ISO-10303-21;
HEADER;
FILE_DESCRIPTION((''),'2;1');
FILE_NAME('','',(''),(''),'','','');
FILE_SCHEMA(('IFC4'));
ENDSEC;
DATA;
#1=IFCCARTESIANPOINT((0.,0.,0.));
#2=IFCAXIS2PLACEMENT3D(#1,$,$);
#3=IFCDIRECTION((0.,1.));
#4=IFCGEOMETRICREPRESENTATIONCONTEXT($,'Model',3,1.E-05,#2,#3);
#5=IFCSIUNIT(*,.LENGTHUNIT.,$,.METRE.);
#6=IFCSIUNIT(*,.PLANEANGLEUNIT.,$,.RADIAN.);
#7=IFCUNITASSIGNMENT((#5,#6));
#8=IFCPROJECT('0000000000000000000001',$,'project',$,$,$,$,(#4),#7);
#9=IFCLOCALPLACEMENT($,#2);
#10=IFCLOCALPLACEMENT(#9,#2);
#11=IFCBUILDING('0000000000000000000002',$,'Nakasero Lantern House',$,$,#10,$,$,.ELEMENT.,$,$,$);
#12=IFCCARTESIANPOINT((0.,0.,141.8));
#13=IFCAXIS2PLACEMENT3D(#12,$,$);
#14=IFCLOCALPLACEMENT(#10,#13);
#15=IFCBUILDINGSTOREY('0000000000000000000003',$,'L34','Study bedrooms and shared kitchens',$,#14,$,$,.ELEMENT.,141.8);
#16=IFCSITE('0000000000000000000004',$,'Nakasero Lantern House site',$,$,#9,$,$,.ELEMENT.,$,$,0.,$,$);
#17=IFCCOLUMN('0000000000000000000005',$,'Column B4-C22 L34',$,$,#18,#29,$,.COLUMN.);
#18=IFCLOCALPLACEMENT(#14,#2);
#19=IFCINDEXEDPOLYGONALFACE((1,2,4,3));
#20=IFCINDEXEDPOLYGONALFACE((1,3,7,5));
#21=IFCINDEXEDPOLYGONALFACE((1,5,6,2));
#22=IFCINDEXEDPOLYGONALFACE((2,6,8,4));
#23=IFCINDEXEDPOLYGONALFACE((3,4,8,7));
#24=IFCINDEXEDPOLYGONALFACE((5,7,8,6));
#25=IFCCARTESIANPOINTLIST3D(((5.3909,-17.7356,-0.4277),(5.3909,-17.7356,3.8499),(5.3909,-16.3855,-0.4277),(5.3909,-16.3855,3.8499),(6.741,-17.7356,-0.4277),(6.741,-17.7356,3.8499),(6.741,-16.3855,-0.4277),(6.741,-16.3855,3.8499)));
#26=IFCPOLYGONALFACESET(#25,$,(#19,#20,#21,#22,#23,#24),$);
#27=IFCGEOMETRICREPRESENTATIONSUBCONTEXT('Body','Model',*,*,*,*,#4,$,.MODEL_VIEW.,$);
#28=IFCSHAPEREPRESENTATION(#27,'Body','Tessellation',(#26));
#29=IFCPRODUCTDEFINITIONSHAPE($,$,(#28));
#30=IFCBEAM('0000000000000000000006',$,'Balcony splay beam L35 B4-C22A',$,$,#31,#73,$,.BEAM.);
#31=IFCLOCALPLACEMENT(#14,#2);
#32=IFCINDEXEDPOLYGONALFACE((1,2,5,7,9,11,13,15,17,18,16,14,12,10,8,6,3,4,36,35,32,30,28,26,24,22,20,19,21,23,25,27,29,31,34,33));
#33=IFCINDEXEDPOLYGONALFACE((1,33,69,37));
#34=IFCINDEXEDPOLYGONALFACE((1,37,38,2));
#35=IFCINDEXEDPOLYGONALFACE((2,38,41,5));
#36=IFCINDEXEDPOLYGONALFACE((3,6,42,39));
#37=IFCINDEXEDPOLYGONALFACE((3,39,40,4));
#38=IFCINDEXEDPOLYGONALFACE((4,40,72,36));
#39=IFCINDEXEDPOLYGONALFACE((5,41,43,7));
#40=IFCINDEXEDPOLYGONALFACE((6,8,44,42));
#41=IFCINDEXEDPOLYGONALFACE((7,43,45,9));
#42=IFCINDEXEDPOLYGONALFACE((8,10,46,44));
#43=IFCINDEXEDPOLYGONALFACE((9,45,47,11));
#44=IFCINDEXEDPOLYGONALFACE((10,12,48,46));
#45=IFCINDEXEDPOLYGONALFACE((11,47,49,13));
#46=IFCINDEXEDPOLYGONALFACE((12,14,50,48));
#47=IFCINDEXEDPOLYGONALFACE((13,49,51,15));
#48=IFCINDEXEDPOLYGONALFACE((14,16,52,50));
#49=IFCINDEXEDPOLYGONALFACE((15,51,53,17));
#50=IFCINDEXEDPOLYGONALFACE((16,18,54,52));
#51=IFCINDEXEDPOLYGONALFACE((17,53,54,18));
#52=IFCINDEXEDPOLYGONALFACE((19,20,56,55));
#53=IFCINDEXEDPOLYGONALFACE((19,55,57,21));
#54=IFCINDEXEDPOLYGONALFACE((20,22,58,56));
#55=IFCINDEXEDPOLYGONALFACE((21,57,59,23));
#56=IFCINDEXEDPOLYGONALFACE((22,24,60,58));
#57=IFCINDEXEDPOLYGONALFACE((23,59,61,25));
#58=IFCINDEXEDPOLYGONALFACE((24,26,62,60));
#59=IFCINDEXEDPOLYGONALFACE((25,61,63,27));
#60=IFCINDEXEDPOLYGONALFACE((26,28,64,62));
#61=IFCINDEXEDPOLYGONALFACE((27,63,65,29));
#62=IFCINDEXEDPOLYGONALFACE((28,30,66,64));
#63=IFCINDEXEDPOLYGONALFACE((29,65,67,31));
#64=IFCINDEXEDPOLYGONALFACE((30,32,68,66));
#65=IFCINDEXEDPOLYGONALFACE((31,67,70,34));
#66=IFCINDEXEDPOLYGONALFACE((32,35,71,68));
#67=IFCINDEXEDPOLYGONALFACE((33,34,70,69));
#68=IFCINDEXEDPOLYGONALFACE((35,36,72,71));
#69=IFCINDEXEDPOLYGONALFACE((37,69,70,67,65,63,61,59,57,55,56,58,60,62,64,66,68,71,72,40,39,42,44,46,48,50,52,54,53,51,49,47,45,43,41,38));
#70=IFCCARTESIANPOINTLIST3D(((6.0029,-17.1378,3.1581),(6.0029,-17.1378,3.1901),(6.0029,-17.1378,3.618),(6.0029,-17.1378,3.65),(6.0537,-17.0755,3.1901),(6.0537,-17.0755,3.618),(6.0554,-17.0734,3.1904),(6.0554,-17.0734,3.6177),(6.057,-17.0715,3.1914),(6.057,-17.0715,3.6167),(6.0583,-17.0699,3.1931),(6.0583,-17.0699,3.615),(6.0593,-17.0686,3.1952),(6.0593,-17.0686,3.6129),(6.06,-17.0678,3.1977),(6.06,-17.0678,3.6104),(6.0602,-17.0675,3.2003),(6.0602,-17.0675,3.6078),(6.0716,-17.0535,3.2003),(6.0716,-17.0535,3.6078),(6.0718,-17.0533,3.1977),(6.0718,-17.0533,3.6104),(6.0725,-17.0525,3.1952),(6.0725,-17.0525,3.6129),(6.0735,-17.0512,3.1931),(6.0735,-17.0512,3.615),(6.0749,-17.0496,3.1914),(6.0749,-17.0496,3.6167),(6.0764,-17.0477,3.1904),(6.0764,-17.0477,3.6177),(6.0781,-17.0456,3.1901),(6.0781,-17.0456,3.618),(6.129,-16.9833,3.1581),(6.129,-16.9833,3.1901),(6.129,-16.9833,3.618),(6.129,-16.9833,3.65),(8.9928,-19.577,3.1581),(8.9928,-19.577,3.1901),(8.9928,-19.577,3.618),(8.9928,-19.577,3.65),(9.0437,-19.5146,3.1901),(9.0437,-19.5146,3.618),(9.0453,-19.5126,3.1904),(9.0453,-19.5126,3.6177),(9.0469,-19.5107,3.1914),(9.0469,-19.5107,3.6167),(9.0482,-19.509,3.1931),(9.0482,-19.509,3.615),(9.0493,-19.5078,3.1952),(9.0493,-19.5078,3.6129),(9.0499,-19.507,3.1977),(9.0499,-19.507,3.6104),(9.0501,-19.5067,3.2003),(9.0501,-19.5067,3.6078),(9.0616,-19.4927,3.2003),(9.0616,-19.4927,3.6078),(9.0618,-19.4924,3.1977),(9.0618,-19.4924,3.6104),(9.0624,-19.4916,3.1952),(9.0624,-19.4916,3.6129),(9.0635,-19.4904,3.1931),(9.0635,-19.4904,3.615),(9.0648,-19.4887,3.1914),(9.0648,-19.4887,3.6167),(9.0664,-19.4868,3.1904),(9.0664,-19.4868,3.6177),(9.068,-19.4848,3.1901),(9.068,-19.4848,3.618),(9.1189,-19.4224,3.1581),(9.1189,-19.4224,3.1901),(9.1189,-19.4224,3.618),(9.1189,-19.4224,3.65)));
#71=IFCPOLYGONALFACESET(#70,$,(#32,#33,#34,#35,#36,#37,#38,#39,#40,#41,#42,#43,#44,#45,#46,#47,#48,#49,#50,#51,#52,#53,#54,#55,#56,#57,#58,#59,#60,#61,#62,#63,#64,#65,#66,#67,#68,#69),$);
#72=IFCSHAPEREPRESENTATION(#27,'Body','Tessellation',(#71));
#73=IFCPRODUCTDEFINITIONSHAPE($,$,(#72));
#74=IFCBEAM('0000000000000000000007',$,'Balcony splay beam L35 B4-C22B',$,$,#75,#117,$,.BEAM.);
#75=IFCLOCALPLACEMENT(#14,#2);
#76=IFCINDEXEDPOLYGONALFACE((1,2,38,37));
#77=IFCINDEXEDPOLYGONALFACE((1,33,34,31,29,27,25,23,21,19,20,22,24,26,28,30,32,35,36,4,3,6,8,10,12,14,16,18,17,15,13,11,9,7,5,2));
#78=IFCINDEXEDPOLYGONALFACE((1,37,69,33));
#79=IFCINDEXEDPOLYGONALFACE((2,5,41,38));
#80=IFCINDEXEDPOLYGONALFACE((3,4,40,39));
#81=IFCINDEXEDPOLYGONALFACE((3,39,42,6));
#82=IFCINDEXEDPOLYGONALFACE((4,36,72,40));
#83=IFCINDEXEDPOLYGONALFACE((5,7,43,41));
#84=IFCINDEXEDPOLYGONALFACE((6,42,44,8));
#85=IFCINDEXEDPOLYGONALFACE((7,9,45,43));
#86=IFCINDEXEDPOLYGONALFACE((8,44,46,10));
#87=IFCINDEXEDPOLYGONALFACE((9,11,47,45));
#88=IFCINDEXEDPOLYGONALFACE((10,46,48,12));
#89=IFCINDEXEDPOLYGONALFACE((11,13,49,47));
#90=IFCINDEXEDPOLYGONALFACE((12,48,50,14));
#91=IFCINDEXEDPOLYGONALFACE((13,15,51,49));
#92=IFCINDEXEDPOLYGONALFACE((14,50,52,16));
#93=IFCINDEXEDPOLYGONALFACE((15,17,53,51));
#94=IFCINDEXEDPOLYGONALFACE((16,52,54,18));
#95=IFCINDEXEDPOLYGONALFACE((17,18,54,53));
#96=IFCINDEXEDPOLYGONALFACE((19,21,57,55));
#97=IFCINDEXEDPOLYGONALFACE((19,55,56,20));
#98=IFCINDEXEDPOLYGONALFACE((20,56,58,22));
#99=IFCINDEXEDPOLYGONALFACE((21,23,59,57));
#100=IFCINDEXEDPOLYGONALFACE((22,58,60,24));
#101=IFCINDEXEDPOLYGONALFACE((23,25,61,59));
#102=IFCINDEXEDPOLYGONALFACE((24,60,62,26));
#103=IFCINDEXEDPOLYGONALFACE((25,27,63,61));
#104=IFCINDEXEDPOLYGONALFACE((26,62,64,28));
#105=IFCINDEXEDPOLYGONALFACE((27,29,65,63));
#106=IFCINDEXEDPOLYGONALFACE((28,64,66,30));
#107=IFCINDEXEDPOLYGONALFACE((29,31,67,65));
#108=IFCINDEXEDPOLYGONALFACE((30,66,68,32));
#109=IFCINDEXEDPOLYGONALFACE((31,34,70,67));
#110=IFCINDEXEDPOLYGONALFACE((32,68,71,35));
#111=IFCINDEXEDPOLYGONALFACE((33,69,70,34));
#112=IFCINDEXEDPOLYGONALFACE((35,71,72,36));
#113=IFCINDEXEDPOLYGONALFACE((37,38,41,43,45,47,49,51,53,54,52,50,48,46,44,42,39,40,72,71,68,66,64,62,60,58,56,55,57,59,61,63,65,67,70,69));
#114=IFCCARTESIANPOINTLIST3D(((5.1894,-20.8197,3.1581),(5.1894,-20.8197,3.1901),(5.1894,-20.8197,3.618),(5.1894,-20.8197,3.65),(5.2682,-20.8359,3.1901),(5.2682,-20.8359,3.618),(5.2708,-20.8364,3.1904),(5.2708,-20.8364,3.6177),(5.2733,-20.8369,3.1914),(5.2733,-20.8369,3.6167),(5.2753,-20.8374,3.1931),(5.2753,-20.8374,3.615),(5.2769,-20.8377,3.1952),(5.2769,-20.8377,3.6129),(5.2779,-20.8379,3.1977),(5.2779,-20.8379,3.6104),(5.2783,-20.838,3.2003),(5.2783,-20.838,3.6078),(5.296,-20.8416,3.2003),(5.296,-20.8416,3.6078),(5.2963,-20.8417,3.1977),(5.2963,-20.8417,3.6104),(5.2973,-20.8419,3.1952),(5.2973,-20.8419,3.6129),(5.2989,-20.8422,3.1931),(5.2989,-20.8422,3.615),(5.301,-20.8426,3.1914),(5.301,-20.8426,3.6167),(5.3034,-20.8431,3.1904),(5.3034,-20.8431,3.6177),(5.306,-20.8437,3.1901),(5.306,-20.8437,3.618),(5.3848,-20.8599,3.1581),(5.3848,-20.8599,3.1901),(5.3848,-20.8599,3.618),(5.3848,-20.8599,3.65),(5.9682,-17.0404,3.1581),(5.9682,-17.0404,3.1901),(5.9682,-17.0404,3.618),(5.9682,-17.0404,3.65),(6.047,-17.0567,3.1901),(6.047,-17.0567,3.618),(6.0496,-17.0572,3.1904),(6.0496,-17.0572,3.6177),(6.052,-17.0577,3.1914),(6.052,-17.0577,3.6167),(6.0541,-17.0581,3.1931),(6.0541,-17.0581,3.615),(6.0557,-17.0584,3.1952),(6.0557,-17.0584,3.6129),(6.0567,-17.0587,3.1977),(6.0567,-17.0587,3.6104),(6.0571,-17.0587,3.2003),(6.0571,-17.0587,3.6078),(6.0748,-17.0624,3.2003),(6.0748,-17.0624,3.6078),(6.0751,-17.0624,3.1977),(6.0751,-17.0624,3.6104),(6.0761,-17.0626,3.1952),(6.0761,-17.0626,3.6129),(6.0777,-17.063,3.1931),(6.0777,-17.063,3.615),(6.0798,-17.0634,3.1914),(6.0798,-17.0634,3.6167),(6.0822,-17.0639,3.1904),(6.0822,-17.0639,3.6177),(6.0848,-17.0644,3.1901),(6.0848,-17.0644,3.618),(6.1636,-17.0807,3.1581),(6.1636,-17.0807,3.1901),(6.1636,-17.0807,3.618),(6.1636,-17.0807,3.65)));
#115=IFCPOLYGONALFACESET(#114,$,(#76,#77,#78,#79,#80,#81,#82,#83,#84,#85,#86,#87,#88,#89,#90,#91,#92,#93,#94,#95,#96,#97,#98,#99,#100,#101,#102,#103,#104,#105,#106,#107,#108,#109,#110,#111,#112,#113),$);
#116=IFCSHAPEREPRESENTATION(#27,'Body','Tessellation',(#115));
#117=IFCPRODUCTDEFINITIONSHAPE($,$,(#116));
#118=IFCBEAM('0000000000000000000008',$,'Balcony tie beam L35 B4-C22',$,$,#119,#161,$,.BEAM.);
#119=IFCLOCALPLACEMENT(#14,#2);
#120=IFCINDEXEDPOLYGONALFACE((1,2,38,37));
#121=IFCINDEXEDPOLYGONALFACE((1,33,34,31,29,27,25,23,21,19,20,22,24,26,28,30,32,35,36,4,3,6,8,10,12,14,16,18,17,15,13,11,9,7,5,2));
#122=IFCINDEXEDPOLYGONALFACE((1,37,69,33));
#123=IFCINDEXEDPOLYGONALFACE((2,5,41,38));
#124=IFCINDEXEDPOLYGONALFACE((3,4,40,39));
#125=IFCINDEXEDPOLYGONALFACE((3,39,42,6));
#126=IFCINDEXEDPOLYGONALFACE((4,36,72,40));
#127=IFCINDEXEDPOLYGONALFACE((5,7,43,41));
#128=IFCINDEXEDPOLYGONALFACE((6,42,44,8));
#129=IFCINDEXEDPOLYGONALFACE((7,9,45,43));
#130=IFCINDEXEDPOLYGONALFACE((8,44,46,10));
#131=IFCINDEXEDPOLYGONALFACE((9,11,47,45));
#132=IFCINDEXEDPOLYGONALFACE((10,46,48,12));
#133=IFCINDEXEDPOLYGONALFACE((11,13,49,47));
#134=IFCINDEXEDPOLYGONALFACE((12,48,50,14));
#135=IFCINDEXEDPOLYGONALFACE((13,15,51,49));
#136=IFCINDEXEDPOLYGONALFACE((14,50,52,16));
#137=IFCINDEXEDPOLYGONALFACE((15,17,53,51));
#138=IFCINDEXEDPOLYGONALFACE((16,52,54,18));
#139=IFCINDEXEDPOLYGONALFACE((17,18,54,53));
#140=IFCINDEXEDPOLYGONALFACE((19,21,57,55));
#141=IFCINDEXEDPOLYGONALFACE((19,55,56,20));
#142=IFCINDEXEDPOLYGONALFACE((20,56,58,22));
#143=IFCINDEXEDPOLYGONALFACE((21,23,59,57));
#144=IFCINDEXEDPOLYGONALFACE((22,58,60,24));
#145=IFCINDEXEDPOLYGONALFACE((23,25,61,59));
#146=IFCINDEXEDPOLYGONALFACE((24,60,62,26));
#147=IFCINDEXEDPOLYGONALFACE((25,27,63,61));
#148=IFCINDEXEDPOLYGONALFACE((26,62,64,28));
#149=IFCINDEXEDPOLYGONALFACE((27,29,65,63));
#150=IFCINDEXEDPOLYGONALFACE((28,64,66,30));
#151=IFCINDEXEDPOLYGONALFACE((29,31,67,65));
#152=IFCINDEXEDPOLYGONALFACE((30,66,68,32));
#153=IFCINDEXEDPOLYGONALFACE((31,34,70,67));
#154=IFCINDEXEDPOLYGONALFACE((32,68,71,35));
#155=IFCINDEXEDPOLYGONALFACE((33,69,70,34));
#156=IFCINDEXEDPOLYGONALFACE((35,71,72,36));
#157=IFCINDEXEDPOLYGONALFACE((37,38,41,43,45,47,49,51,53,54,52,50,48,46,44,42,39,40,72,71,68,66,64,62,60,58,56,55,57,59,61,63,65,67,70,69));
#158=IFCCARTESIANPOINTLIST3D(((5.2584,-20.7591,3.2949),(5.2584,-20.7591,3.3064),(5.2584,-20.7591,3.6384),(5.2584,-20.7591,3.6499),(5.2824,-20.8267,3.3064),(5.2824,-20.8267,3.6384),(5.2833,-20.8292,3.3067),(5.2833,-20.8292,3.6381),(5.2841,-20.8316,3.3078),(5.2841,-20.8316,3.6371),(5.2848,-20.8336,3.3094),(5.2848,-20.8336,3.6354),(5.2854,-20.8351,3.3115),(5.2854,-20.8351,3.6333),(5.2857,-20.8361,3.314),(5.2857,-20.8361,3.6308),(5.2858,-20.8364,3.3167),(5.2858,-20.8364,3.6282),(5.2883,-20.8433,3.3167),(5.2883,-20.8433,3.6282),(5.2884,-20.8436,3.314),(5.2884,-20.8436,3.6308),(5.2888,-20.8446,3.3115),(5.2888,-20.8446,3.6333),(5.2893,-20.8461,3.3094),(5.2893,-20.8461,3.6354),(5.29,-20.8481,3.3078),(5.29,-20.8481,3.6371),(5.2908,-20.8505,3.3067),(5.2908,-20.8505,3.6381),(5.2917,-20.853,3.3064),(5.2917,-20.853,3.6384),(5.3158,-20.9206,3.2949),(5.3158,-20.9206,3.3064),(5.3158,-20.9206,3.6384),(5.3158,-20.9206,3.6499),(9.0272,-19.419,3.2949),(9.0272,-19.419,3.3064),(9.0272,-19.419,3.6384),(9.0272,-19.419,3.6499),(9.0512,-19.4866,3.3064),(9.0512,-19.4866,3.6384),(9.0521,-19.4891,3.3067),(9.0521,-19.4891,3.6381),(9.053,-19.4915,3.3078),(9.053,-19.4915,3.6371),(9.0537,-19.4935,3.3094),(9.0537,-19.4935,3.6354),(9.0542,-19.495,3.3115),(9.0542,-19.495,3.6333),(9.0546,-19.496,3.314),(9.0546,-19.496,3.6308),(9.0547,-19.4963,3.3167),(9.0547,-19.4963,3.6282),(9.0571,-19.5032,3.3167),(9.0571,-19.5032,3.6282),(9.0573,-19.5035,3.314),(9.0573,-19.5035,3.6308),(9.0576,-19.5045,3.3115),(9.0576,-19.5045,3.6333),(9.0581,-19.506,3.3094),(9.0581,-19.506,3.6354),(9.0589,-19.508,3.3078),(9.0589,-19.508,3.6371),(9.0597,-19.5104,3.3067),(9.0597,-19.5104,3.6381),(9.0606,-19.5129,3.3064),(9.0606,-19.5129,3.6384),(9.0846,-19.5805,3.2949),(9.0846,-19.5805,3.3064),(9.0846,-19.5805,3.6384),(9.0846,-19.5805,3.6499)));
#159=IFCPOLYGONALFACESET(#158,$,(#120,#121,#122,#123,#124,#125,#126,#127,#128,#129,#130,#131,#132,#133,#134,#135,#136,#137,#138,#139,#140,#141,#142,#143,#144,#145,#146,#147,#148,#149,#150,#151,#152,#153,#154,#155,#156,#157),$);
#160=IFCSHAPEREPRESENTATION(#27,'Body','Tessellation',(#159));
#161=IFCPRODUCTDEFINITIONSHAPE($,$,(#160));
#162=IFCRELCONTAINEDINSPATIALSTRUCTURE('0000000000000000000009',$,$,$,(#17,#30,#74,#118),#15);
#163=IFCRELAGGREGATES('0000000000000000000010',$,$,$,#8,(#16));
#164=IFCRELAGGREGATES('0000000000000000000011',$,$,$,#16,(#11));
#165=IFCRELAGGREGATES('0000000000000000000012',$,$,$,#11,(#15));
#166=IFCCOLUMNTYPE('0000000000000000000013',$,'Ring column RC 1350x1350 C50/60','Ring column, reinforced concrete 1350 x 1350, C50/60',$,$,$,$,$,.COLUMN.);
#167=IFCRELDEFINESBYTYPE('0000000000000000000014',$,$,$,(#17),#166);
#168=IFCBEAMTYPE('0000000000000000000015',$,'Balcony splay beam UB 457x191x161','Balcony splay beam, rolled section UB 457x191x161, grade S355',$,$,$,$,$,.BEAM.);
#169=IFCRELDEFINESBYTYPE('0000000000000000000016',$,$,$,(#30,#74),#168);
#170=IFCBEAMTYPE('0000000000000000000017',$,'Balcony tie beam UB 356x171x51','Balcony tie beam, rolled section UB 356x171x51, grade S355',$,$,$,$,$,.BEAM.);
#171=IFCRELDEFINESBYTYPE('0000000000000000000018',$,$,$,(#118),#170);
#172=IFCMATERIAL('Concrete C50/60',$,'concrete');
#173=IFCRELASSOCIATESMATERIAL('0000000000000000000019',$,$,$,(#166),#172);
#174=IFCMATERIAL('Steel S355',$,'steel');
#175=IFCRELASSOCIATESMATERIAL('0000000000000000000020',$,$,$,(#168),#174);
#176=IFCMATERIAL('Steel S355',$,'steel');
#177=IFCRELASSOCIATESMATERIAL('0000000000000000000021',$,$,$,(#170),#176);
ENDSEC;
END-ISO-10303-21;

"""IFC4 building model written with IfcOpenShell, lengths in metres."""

from ifc_helpers import new_model, si_unit, direction, frame, origin, origin_2d, place, context, subcontext, project, spatial, rectangle, i_section, extrude, material, material_profile, profile_set, type_object, element, save


model = new_model("IFC4")

# Units and contexts
model_context = context("Model", 3, precision=1e-05, world=origin(), true_north=direction((0.0, 1.0)))
body_context = subcontext(model_context, "Body", "Model", "MODEL_VIEW")
ifc_project = project(units=[si_unit("LENGTHUNIT", "METRE"), si_unit("PLANEANGLEUNIT", "RADIAN")], contexts=[model_context])

# Site, building, storey
site_placement = place(None, origin())
site = spatial("IfcSite", under=ifc_project, at=site_placement, Name="Nakasero Lantern House site", CompositionType="ELEMENT", RefElevation=0.0)
building_placement = place(site_placement, origin())
building = spatial("IfcBuilding", under=site, at=building_placement, Name="Nakasero Lantern House", CompositionType="ELEMENT")
storey_placement = place(building_placement, frame((0.0, 0.0, 141.8)))
storey = spatial("IfcBuildingStorey", under=building, at=storey_placement, Name="L34", Description="Study bedrooms and shared kitchens", CompositionType="ELEMENT", Elevation=141.8)

# Column
ifc_material_1 = material(Name="Concrete C50/60", Category="concrete")
ifc_material_profile_1 = material_profile(ifc_material_1, rectangle(XDim=1.3501, YDim=1.3501, at=origin_2d()), Name="RC 1350x1350")
ifc_profile_set_1 = profile_set([ifc_material_profile_1], Name="Concrete C50/60")
column_type = type_object("IfcColumnType", Name="Ring column RC 1350x1350 C50/60", Description="Ring column, reinforced concrete 1350 x 1350, C50/60", PredefinedType="COLUMN", material=ifc_profile_set_1)
column_placement = place(storey_placement, frame((6.0659, -17.0605, -0.4277), z_axis=(0.0, 0.0, 1.0), x_axis=(1.0, 0.0, 0.0)))
element("IfcColumn", 1, at=column_placement, inside=storey, type_object=column_type, Name="Column B4-C22 L34", PredefinedType="COLUMN", context=body_context, shape_type="SweptSolid", body=[
    extrude(rectangle(XDim=1.3501, YDim=1.3501, at=origin_2d()), origin(), (0.0, 0.0, 1.0), 4.2776),
])

# Beams
ifc_material_2 = material(Name="Steel S355", Category="steel")
ifc_material_profile_2 = material_profile(ifc_material_2, i_section(OverallWidth=0.1995, OverallDepth=0.4919, WebThickness=0.0181, FlangeThickness=0.032, FilletRadius=0.0103, at=origin_2d()), Name="UB 457x191x161")
ifc_profile_set_2 = profile_set([ifc_material_profile_2], Name="Steel S355")
beam_type_1 = type_object("IfcBeamType", Name="Balcony splay beam UB 457x191x161", Description="Balcony splay beam, rolled section UB 457x191x161, grade S355", PredefinedType="BEAM", material=ifc_profile_set_2)
for number, where, z_axis, x_axis, name in (
    (2, (6.0659, -17.0605, 3.4041), (0.774864, -0.632128, 0.0), (0.632128, 0.774864, 0.0), "Balcony splay beam L35 B4-C22A"),
    (3, (6.0659, -17.0605, 3.4041), (-0.201831, -0.97942, 0.0), (0.97942, -0.201831, 0.0), "Balcony splay beam L35 B4-C22B"),
):
    element("IfcBeam", number, at=place(storey_placement, frame(where, z_axis=z_axis, x_axis=x_axis)), inside=storey, type_object=beam_type_1, Name=name, PredefinedType="BEAM", context=body_context, shape_type="SweptSolid", body=[
        extrude(i_section(OverallWidth=0.1995, OverallDepth=0.4919, WebThickness=0.0181, FlangeThickness=0.032, FilletRadius=0.0103, at=origin_2d()), origin(), (0.0, 0.0, 1.0), 3.8586),
    ])
ifc_material_3 = material(Name="Steel S355", Category="steel")
ifc_material_profile_3 = material_profile(ifc_material_3, i_section(OverallWidth=0.1714, OverallDepth=0.355, WebThickness=0.0073, FlangeThickness=0.0115, FilletRadius=0.0103, at=origin_2d()), Name="UB 356x171x51")
ifc_profile_set_3 = profile_set([ifc_material_profile_3], Name="Steel S355")
beam_type_2 = type_object("IfcBeamType", Name="Balcony tie beam UB 356x171x51", Description="Balcony tie beam, rolled section UB 356x171x51, grade S355", PredefinedType="BEAM", material=ifc_profile_set_3)
beam_1_placement = place(storey_placement, frame((9.0559, -19.4998, 3.4724), z_axis=(-0.942209, -0.335025, 0.0), x_axis=(0.335025, -0.942209, 0.0)))
element("IfcBeam", 4, at=beam_1_placement, inside=storey, type_object=beam_type_2, Name="Balcony tie beam L35 B4-C22", PredefinedType="BEAM", context=body_context, shape_type="SweptSolid", body=[
    extrude(i_section(OverallWidth=0.1714, OverallDepth=0.355, WebThickness=0.0073, FlangeThickness=0.0115, FilletRadius=0.0103, at=origin_2d()), origin(), (0.0, 0.0, 1.0), 4.0),
])

save(model, "model.ifc")
